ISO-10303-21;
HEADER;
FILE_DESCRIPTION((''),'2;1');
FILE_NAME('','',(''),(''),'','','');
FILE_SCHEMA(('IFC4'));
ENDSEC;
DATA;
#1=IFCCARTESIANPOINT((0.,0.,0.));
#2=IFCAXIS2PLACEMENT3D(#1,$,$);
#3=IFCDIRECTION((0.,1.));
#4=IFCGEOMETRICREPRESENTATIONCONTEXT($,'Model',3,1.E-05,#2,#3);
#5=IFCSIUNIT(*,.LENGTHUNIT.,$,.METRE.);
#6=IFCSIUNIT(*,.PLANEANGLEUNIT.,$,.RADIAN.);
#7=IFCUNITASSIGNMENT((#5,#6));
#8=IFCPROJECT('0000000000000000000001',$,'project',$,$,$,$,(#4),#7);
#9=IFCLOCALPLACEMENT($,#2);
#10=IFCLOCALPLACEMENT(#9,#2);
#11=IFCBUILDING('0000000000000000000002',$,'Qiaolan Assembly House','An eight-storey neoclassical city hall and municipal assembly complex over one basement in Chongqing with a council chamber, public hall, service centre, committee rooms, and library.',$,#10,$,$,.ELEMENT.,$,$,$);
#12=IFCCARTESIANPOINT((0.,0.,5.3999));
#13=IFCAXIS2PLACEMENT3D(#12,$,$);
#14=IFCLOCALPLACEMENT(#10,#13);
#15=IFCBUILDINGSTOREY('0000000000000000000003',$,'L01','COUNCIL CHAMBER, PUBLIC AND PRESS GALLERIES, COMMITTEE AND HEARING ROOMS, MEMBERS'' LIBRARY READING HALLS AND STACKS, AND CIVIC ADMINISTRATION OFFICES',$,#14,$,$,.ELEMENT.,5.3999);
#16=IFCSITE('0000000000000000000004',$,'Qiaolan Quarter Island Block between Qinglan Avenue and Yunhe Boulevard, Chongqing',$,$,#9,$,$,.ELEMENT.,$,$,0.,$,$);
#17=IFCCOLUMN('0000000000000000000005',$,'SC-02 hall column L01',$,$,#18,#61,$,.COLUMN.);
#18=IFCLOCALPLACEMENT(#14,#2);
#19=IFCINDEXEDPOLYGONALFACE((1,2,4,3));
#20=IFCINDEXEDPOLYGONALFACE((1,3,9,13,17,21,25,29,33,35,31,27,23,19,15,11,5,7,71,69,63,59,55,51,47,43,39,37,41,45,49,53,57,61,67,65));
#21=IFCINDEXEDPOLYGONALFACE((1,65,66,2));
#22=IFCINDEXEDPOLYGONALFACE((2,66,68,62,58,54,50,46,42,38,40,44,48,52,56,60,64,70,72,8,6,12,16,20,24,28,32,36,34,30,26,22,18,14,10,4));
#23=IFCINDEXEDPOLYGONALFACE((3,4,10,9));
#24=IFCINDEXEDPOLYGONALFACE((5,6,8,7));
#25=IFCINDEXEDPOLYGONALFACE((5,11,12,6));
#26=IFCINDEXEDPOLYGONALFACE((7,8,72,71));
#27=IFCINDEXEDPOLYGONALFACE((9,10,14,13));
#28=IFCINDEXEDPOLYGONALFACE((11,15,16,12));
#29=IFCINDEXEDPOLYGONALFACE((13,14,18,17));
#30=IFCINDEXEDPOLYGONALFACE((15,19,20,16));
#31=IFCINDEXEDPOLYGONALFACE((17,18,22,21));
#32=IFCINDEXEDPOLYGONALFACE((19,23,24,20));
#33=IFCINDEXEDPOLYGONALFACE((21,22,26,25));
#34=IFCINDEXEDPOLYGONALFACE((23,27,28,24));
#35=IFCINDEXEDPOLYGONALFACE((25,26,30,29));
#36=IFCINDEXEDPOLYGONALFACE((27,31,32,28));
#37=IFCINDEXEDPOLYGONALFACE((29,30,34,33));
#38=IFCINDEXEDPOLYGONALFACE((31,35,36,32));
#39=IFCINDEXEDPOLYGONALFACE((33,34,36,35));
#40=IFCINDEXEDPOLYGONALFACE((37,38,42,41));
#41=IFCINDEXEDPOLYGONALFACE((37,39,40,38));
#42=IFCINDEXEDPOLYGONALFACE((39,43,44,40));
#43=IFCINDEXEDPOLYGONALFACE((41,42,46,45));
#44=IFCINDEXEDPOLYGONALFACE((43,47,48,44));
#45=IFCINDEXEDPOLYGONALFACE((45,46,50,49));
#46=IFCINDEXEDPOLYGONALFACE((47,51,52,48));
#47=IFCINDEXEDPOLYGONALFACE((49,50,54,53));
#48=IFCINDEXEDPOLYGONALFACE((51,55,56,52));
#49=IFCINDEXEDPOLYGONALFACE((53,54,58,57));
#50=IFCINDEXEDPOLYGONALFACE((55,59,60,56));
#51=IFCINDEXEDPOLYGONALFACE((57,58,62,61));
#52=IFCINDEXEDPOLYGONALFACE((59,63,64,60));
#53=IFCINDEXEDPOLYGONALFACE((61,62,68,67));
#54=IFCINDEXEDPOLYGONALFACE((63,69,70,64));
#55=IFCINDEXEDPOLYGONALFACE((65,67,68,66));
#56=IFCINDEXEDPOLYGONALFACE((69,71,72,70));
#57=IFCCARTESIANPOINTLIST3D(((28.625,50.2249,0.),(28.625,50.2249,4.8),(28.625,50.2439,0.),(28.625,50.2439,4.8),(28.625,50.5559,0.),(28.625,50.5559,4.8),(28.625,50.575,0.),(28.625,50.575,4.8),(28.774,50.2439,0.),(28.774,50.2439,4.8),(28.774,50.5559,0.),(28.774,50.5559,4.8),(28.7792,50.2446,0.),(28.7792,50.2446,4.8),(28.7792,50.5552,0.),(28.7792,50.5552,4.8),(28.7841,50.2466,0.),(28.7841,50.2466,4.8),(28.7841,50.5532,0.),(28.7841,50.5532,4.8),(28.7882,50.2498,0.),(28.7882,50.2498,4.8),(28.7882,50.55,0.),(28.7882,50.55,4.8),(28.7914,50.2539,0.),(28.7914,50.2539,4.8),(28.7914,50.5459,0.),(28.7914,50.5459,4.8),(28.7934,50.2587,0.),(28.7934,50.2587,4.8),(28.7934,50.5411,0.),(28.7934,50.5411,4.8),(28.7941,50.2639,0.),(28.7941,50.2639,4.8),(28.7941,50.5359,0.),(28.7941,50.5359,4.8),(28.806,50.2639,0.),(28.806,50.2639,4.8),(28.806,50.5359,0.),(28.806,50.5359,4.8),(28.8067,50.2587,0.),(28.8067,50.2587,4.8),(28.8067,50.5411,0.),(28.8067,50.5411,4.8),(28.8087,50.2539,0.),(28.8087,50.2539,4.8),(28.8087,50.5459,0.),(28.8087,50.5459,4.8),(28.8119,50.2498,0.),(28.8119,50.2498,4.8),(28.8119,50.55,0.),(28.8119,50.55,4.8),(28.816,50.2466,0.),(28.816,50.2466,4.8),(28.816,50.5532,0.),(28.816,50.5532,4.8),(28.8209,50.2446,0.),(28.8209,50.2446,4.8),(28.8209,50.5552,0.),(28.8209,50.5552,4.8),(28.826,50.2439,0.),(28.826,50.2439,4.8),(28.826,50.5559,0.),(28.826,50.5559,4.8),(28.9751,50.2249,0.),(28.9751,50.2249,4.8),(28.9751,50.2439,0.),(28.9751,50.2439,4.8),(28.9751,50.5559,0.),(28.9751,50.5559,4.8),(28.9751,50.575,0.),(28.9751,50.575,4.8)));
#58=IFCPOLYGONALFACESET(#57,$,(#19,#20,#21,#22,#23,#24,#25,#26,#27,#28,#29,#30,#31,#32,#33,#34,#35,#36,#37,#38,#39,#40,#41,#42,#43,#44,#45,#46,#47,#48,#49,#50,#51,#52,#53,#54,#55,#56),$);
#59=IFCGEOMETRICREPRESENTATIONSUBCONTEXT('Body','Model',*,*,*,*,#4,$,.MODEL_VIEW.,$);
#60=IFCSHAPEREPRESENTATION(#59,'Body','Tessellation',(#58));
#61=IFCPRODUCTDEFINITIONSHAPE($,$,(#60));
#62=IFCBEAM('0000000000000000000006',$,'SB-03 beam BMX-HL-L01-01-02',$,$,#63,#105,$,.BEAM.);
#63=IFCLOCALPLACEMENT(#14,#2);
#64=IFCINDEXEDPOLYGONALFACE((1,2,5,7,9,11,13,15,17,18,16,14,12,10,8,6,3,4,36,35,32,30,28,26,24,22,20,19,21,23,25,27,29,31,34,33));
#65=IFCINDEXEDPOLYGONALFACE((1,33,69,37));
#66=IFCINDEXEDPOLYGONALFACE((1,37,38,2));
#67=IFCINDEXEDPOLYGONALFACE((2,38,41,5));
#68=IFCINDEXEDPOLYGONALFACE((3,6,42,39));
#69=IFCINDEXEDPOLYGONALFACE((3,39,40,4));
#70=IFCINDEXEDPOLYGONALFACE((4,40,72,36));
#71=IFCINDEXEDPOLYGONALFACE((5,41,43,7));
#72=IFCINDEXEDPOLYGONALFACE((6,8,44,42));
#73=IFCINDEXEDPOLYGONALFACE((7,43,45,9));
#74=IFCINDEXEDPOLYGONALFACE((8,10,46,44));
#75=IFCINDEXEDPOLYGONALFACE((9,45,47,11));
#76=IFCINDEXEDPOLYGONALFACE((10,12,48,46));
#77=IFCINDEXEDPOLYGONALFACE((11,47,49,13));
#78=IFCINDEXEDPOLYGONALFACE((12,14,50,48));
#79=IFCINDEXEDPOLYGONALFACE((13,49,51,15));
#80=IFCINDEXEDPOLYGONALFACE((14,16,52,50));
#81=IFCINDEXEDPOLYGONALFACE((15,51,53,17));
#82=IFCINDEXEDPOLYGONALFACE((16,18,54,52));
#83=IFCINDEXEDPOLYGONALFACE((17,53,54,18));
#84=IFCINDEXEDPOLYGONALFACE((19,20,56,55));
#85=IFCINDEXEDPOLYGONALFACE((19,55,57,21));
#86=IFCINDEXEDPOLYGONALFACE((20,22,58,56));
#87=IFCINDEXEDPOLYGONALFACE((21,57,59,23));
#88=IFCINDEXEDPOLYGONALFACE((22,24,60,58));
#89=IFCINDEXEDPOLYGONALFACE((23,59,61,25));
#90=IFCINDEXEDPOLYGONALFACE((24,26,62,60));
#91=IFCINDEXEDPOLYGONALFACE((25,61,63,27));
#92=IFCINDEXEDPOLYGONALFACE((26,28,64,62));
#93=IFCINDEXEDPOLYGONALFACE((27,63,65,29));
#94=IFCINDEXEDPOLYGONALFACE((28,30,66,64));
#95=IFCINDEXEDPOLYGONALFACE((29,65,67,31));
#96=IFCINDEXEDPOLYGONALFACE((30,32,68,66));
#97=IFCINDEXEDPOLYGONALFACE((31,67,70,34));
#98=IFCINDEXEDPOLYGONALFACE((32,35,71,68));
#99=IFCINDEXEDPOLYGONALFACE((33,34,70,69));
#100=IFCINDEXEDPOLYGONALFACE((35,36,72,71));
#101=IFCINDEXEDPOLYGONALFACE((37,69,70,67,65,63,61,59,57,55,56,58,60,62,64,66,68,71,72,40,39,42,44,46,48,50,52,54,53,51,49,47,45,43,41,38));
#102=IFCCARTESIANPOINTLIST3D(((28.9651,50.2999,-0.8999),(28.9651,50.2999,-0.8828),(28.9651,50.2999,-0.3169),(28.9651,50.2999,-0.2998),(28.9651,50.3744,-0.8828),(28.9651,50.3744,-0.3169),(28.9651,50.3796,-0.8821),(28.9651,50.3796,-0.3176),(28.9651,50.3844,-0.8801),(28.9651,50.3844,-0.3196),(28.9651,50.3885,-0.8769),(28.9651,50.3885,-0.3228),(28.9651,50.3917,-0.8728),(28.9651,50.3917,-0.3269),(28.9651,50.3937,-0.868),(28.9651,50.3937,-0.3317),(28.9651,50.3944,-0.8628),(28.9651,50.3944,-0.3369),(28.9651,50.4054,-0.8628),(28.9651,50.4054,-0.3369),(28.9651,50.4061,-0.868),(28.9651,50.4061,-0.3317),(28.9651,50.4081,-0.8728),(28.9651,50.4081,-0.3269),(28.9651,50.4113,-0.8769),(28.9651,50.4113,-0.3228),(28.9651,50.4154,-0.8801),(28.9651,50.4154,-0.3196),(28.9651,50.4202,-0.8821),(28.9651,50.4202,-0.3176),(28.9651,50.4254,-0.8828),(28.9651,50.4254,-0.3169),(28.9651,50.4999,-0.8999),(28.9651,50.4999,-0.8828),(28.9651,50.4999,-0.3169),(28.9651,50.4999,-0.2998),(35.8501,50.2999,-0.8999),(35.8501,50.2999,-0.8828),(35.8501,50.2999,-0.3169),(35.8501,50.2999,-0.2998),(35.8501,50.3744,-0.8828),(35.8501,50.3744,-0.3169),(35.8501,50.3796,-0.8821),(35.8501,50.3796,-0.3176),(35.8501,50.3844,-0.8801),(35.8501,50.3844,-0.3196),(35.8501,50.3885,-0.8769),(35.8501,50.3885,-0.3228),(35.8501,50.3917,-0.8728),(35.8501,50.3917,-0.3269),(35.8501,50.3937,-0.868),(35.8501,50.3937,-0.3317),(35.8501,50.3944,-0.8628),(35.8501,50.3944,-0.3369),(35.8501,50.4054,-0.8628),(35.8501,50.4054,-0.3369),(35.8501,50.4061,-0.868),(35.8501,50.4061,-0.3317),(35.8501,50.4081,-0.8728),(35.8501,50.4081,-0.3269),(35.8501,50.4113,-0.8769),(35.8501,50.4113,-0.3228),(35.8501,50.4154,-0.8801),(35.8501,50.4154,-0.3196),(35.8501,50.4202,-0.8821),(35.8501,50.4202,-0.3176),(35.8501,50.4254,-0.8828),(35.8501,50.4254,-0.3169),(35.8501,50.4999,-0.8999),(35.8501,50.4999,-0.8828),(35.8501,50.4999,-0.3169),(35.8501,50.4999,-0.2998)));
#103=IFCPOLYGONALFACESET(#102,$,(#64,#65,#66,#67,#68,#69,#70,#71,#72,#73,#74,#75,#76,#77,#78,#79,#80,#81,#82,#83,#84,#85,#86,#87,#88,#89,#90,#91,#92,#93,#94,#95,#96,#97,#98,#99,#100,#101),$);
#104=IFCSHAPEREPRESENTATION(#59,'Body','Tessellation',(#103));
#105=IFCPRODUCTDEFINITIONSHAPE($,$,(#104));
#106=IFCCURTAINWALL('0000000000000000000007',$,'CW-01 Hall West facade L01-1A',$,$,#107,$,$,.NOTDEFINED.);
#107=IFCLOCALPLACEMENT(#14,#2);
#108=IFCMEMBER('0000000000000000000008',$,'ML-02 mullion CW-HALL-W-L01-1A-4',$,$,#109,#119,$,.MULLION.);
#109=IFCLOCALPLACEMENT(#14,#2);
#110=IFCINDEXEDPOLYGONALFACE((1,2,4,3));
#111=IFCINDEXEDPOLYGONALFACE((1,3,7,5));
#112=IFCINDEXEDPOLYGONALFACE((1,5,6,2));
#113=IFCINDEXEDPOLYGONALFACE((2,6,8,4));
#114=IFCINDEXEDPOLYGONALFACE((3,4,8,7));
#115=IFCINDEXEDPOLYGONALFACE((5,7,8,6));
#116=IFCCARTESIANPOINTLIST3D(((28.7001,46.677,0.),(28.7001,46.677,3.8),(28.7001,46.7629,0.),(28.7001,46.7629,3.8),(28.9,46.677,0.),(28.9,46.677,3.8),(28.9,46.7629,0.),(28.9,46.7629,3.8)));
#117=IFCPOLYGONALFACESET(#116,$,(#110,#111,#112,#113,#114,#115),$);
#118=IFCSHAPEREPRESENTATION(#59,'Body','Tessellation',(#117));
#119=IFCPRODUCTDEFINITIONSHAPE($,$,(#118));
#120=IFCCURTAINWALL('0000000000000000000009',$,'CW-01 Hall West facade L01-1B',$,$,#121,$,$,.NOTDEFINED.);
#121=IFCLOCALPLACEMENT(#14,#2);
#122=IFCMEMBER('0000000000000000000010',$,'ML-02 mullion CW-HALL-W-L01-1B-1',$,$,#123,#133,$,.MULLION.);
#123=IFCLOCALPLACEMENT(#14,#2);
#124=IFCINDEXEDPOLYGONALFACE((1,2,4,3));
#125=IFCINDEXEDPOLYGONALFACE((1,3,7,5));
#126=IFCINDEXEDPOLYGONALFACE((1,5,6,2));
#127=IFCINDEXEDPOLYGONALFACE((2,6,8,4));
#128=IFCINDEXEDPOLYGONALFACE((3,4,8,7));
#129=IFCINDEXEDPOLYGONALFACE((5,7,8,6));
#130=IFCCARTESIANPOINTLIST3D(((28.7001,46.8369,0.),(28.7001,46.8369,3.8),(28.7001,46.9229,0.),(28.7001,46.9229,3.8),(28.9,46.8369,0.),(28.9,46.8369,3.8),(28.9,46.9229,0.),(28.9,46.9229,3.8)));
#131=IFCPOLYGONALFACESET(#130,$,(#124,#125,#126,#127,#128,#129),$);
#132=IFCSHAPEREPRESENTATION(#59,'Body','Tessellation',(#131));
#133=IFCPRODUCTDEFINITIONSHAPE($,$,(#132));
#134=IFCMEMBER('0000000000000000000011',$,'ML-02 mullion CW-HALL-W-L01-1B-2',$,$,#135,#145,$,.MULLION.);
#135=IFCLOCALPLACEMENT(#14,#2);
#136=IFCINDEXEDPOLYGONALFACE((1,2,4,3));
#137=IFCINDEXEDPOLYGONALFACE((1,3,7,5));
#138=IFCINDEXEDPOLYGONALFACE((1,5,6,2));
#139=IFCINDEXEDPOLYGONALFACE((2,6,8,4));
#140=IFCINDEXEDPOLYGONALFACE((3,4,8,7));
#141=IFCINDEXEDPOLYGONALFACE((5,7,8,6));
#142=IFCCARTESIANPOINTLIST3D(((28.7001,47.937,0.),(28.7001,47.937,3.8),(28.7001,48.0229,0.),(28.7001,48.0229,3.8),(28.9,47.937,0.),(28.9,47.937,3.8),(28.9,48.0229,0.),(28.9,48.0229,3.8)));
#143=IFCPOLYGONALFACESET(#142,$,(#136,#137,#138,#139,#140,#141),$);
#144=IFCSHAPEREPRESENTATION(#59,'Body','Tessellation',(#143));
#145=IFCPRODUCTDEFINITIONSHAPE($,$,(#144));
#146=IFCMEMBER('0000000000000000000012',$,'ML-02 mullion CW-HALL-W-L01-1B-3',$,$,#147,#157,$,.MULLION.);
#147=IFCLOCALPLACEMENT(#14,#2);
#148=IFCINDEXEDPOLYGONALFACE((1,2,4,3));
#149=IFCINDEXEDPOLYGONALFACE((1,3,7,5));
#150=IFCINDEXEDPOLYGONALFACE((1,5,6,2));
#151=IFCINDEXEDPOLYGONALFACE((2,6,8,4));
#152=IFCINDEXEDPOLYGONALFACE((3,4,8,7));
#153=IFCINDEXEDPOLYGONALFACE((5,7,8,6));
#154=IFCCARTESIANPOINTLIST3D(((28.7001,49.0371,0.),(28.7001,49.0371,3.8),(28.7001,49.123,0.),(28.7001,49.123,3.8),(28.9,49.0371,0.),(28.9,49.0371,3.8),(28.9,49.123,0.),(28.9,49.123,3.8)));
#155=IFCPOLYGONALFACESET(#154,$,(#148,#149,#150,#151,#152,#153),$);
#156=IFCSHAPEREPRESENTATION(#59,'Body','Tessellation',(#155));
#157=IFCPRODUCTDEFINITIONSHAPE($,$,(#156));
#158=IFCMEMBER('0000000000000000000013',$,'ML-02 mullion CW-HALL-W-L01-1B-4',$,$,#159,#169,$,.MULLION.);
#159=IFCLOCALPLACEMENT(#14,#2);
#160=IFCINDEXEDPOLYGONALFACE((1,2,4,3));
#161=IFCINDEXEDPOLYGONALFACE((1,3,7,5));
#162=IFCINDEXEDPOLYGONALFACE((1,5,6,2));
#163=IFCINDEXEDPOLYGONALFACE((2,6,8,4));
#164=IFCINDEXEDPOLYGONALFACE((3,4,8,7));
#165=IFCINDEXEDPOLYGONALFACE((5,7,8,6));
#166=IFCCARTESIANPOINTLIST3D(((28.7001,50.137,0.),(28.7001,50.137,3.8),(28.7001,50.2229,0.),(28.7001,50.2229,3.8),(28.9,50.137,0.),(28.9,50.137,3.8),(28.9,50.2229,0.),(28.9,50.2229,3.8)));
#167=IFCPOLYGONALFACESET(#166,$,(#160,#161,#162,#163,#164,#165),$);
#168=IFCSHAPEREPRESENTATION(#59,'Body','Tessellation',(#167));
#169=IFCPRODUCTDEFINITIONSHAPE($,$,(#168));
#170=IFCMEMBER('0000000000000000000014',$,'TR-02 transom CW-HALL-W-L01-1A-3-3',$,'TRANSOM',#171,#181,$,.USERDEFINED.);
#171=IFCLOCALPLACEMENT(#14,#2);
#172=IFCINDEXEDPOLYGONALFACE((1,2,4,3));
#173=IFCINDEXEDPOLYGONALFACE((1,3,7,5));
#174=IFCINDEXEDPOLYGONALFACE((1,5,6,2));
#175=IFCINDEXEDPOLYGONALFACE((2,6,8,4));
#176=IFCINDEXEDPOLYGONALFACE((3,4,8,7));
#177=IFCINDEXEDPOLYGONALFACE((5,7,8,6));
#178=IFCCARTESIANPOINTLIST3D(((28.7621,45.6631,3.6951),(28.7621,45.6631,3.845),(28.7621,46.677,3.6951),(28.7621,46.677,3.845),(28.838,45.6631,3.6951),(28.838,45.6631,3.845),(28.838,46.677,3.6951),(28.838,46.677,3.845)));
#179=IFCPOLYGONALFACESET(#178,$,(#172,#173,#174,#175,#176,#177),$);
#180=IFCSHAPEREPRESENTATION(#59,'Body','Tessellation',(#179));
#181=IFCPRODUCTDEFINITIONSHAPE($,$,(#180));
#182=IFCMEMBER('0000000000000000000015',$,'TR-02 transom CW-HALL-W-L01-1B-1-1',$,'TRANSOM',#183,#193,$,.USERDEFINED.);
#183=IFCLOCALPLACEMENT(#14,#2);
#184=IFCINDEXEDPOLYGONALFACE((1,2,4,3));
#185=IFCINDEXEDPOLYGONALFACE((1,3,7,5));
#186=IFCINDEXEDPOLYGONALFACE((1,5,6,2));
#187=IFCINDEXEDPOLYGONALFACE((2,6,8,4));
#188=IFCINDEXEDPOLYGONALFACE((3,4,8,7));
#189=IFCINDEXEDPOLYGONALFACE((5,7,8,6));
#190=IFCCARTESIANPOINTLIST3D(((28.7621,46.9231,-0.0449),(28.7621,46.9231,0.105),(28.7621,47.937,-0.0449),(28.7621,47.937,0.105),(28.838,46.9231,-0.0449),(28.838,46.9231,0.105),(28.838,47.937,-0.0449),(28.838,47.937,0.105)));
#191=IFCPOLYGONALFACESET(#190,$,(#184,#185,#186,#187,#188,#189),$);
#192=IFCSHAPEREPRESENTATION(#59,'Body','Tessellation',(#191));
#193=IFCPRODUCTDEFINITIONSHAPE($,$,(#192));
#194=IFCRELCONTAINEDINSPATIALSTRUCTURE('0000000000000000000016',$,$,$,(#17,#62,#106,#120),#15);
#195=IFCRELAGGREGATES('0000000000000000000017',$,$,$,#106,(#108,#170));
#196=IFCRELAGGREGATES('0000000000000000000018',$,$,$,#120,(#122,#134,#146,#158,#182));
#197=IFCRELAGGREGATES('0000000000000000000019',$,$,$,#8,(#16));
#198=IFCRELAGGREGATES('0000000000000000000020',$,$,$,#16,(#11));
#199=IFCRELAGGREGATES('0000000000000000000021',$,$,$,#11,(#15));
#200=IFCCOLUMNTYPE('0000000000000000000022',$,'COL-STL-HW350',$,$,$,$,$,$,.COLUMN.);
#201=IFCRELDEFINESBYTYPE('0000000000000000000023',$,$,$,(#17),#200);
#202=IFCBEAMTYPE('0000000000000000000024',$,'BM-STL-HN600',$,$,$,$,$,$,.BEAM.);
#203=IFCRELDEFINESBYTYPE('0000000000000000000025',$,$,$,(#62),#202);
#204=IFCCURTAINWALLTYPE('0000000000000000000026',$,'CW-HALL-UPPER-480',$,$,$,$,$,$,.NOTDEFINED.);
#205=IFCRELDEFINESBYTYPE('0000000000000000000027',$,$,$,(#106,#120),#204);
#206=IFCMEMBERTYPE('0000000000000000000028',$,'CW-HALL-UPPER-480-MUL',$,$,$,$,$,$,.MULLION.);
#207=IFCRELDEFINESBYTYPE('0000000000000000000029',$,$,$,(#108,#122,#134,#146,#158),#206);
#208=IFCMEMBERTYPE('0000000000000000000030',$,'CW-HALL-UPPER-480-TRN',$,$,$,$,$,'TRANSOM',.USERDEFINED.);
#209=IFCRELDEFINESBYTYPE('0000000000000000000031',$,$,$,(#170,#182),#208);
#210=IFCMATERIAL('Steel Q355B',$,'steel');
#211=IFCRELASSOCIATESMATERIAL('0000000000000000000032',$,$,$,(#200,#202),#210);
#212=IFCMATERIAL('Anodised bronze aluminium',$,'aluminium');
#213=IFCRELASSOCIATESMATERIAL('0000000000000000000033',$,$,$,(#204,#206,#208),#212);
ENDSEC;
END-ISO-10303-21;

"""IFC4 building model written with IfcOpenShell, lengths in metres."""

from ifc_helpers import new_model, si_unit, direction, frame, origin, origin_2d, place, context, subcontext, project, spatial, rectangle, i_section, extrude, material, material_profile, profile_set, type_object, element, aggregate, save


model = new_model("IFC4")

# Units and contexts
model_context = context("Model", 3, precision=1e-05, world=origin(), true_north=direction((0.0, 1.0)))
body_context = subcontext(model_context, "Body", "Model", "MODEL_VIEW")
ifc_project = project(units=[si_unit("LENGTHUNIT", "METRE"), si_unit("PLANEANGLEUNIT", "RADIAN")], contexts=[model_context])

# Site, building, storey
site_placement = place(None, origin())
site = spatial("IfcSite", under=ifc_project, at=site_placement, Name="Qiaolan Quarter Island Block between Qinglan Avenue and Yunhe Boulevard, Chongqing", CompositionType="ELEMENT", RefElevation=0.0)
building_placement = place(site_placement, origin())
building = spatial("IfcBuilding", under=site, at=building_placement, Name="Qiaolan Assembly House", Description="An eight-storey neoclassical city hall and municipal assembly complex over one basement in Chongqing with a council chamber, public hall, service centre, committee rooms, and library.", CompositionType="ELEMENT")
storey_placement = place(building_placement, frame((0.0, 0.0, 5.3999)))
storey = spatial("IfcBuildingStorey", under=building, at=storey_placement, Name="L01", Description="COUNCIL CHAMBER, PUBLIC AND PRESS GALLERIES, COMMITTEE AND HEARING ROOMS, MEMBERS' LIBRARY READING HALLS AND STACKS, AND CIVIC ADMINISTRATION OFFICES", CompositionType="ELEMENT", Elevation=5.3999)

# Column
ifc_material_1 = material(Name="Steel Q355B", Category="steel")
ifc_material_profile_1 = material_profile(ifc_material_1, i_section(OverallWidth=0.3501, OverallDepth=0.3501, WebThickness=0.012, FlangeThickness=0.019, FilletRadius=0.02, at=origin_2d()), Name="HW 350x350x12x19")
ifc_profile_set_1 = profile_set([ifc_material_profile_1], Name="Steel Q355B")
column_type = type_object("IfcColumnType", Name="COL-STL-HW350", PredefinedType="COLUMN", material=ifc_profile_set_1)
column_placement = place(storey_placement, frame((28.8, 50.3999, 0.0), z_axis=(0.0, 0.0, 1.0), x_axis=(1.0, 0.0, 0.0)))
element("IfcColumn", 1, at=column_placement, inside=storey, type_object=column_type, Name="SC-02 hall column L01", PredefinedType="COLUMN", context=body_context, shape_type="SweptSolid", body=[
    extrude(i_section(OverallWidth=0.3501, OverallDepth=0.3501, WebThickness=0.012, FlangeThickness=0.019, FilletRadius=0.02, at=origin_2d()), origin(), (0.0, 0.0, 1.0), 4.8),
])

# Beam
ifc_material_profile_2 = material_profile(ifc_material_1, i_section(OverallWidth=0.2, OverallDepth=0.6001, WebThickness=0.011, FlangeThickness=0.0171, FilletRadius=0.02, at=origin_2d()), Name="HN 600x200x11x17")
ifc_profile_set_2 = profile_set([ifc_material_profile_2], Name="Steel Q355B")
beam_type = type_object("IfcBeamType", Name="BM-STL-HN600", PredefinedType="BEAM", material=ifc_profile_set_2)
beam_placement = place(storey_placement, frame((28.9651, 50.3999, -0.5999), z_axis=(1.0, 0.0, 0.0), x_axis=(0.0, 1.0, 0.0)))
element("IfcBeam", 2, at=beam_placement, inside=storey, type_object=beam_type, Name="SB-03 beam BMX-HL-L01-01-02", PredefinedType="BEAM", context=body_context, shape_type="SweptSolid", body=[
    extrude(i_section(OverallWidth=0.2, OverallDepth=0.6001, WebThickness=0.011, FlangeThickness=0.0171, FilletRadius=0.02, at=origin_2d()), origin(), (0.0, 0.0, 1.0), 6.885),
])

# Curtain wall, member
ifc_material_2 = material(Name="Anodised bronze aluminium", Category="aluminium")
curtain_wall_type = type_object("IfcCurtainWallType", Name="CW-HALL-UPPER-480", PredefinedType="NOTDEFINED", material=ifc_material_2)
curtain_wall_1_placement = place(storey_placement, origin())
curtain_wall_1 = element("IfcCurtainWall", 3, at=curtain_wall_1_placement, inside=storey, type_object=curtain_wall_type, Name="CW-01 Hall West facade L01-1A", PredefinedType="NOTDEFINED")
ifc_material_profile_3 = material_profile(ifc_material_2, rectangle(XDim=0.0859, YDim=0.2, at=origin_2d()), Name="MUL 86x200")
ifc_profile_set_3 = profile_set([ifc_material_profile_3], Name="Anodised bronze aluminium")
member_type_1 = type_object("IfcMemberType", Name="CW-HALL-UPPER-480-MUL", PredefinedType="MULLION", material=ifc_profile_set_3)
member_1_placement = place(storey_placement, frame((28.8, 46.72, 0.0), z_axis=(0.0, 0.0, 1.0), x_axis=(0.0, 1.0, 0.0)))
member_1 = element("IfcMember", 4, at=member_1_placement, type_object=member_type_1, Name="ML-02 mullion CW-HALL-W-L01-1A-4", PredefinedType="MULLION", context=body_context, shape_type="SweptSolid", body=[
    extrude(rectangle(XDim=0.0859, YDim=0.2, at=origin_2d()), origin(), (0.0, 0.0, 1.0), 3.8),
])

# Curtain wall, members
curtain_wall_2_placement = place(storey_placement, origin())
curtain_wall_2 = element("IfcCurtainWall", 5, at=curtain_wall_2_placement, inside=storey, type_object=curtain_wall_type, Name="CW-01 Hall West facade L01-1B", PredefinedType="NOTDEFINED")
member_2_placement = place(storey_placement, frame((28.8, 46.8799, 0.0), z_axis=(0.0, 0.0, 1.0), x_axis=(0.0, 1.0, 0.0)))
member_2 = element("IfcMember", 6, at=member_2_placement, type_object=member_type_1, Name="ML-02 mullion CW-HALL-W-L01-1B-1", PredefinedType="MULLION", context=body_context, shape_type="SweptSolid", body=[
    extrude(rectangle(XDim=0.0859, YDim=0.2, at=origin_2d()), origin(), (0.0, 0.0, 1.0), 3.8),
])
member_3_placement = place(storey_placement, frame((28.8, 47.98, 0.0), z_axis=(0.0, 0.0, 1.0), x_axis=(0.0, 1.0, 0.0)))
member_3 = element("IfcMember", 7, at=member_3_placement, type_object=member_type_1, Name="ML-02 mullion CW-HALL-W-L01-1B-2", PredefinedType="MULLION", context=body_context, shape_type="SweptSolid", body=[
    extrude(rectangle(XDim=0.0859, YDim=0.2, at=origin_2d()), origin(), (0.0, 0.0, 1.0), 3.8),
])
member_4_placement = place(storey_placement, frame((28.8, 49.0801, 0.0), z_axis=(0.0, 0.0, 1.0), x_axis=(0.0, 1.0, 0.0)))
member_4 = element("IfcMember", 8, at=member_4_placement, type_object=member_type_1, Name="ML-02 mullion CW-HALL-W-L01-1B-3", PredefinedType="MULLION", context=body_context, shape_type="SweptSolid", body=[
    extrude(rectangle(XDim=0.0859, YDim=0.2, at=origin_2d()), origin(), (0.0, 0.0, 1.0), 3.8),
])
member_5_placement = place(storey_placement, frame((28.8, 50.1799, 0.0), z_axis=(0.0, 0.0, 1.0), x_axis=(0.0, 1.0, 0.0)))
member_5 = element("IfcMember", 9, at=member_5_placement, type_object=member_type_1, Name="ML-02 mullion CW-HALL-W-L01-1B-4", PredefinedType="MULLION", context=body_context, shape_type="SweptSolid", body=[
    extrude(rectangle(XDim=0.0859, YDim=0.2, at=origin_2d()), origin(), (0.0, 0.0, 1.0), 3.8),
])

# Members
ifc_material_profile_4 = material_profile(ifc_material_2, rectangle(XDim=0.0759, YDim=0.1499, at=origin_2d()), Name="TRN 76x150")
ifc_profile_set_4 = profile_set([ifc_material_profile_4], Name="Anodised bronze aluminium")
member_type_2 = type_object("IfcMemberType", Name="CW-HALL-UPPER-480-TRN", ElementType="TRANSOM", PredefinedType="USERDEFINED", material=ifc_profile_set_4)
member_6_placement = place(storey_placement, frame((28.8, 45.6631, 3.77), z_axis=(0.0, 1.0, 0.0), x_axis=(-1.0, 0.0, 0.0)))
member_6 = element("IfcMember", 10, at=member_6_placement, type_object=member_type_2, Name="TR-02 transom CW-HALL-W-L01-1A-3-3", ObjectType="TRANSOM", PredefinedType="USERDEFINED", context=body_context, shape_type="SweptSolid", body=[
    extrude(rectangle(XDim=0.0759, YDim=0.1499, at=origin_2d()), origin(), (0.0, 0.0, 1.0), 1.0139),
])
aggregate(curtain_wall_1, [member_1, member_6])
member_7_placement = place(storey_placement, frame((28.8, 46.9231, 0.03), z_axis=(0.0, 1.0, 0.0), x_axis=(-1.0, 0.0, 0.0)))
member_7 = element("IfcMember", 11, at=member_7_placement, type_object=member_type_2, Name="TR-02 transom CW-HALL-W-L01-1B-1-1", ObjectType="TRANSOM", PredefinedType="USERDEFINED", context=body_context, shape_type="SweptSolid", body=[
    extrude(rectangle(XDim=0.0759, YDim=0.1499, at=origin_2d()), origin(), (0.0, 0.0, 1.0), 1.0139),
])

aggregate(curtain_wall_2, [member_2, member_3, member_4, member_5, member_7])

save(model, "model.ifc")
